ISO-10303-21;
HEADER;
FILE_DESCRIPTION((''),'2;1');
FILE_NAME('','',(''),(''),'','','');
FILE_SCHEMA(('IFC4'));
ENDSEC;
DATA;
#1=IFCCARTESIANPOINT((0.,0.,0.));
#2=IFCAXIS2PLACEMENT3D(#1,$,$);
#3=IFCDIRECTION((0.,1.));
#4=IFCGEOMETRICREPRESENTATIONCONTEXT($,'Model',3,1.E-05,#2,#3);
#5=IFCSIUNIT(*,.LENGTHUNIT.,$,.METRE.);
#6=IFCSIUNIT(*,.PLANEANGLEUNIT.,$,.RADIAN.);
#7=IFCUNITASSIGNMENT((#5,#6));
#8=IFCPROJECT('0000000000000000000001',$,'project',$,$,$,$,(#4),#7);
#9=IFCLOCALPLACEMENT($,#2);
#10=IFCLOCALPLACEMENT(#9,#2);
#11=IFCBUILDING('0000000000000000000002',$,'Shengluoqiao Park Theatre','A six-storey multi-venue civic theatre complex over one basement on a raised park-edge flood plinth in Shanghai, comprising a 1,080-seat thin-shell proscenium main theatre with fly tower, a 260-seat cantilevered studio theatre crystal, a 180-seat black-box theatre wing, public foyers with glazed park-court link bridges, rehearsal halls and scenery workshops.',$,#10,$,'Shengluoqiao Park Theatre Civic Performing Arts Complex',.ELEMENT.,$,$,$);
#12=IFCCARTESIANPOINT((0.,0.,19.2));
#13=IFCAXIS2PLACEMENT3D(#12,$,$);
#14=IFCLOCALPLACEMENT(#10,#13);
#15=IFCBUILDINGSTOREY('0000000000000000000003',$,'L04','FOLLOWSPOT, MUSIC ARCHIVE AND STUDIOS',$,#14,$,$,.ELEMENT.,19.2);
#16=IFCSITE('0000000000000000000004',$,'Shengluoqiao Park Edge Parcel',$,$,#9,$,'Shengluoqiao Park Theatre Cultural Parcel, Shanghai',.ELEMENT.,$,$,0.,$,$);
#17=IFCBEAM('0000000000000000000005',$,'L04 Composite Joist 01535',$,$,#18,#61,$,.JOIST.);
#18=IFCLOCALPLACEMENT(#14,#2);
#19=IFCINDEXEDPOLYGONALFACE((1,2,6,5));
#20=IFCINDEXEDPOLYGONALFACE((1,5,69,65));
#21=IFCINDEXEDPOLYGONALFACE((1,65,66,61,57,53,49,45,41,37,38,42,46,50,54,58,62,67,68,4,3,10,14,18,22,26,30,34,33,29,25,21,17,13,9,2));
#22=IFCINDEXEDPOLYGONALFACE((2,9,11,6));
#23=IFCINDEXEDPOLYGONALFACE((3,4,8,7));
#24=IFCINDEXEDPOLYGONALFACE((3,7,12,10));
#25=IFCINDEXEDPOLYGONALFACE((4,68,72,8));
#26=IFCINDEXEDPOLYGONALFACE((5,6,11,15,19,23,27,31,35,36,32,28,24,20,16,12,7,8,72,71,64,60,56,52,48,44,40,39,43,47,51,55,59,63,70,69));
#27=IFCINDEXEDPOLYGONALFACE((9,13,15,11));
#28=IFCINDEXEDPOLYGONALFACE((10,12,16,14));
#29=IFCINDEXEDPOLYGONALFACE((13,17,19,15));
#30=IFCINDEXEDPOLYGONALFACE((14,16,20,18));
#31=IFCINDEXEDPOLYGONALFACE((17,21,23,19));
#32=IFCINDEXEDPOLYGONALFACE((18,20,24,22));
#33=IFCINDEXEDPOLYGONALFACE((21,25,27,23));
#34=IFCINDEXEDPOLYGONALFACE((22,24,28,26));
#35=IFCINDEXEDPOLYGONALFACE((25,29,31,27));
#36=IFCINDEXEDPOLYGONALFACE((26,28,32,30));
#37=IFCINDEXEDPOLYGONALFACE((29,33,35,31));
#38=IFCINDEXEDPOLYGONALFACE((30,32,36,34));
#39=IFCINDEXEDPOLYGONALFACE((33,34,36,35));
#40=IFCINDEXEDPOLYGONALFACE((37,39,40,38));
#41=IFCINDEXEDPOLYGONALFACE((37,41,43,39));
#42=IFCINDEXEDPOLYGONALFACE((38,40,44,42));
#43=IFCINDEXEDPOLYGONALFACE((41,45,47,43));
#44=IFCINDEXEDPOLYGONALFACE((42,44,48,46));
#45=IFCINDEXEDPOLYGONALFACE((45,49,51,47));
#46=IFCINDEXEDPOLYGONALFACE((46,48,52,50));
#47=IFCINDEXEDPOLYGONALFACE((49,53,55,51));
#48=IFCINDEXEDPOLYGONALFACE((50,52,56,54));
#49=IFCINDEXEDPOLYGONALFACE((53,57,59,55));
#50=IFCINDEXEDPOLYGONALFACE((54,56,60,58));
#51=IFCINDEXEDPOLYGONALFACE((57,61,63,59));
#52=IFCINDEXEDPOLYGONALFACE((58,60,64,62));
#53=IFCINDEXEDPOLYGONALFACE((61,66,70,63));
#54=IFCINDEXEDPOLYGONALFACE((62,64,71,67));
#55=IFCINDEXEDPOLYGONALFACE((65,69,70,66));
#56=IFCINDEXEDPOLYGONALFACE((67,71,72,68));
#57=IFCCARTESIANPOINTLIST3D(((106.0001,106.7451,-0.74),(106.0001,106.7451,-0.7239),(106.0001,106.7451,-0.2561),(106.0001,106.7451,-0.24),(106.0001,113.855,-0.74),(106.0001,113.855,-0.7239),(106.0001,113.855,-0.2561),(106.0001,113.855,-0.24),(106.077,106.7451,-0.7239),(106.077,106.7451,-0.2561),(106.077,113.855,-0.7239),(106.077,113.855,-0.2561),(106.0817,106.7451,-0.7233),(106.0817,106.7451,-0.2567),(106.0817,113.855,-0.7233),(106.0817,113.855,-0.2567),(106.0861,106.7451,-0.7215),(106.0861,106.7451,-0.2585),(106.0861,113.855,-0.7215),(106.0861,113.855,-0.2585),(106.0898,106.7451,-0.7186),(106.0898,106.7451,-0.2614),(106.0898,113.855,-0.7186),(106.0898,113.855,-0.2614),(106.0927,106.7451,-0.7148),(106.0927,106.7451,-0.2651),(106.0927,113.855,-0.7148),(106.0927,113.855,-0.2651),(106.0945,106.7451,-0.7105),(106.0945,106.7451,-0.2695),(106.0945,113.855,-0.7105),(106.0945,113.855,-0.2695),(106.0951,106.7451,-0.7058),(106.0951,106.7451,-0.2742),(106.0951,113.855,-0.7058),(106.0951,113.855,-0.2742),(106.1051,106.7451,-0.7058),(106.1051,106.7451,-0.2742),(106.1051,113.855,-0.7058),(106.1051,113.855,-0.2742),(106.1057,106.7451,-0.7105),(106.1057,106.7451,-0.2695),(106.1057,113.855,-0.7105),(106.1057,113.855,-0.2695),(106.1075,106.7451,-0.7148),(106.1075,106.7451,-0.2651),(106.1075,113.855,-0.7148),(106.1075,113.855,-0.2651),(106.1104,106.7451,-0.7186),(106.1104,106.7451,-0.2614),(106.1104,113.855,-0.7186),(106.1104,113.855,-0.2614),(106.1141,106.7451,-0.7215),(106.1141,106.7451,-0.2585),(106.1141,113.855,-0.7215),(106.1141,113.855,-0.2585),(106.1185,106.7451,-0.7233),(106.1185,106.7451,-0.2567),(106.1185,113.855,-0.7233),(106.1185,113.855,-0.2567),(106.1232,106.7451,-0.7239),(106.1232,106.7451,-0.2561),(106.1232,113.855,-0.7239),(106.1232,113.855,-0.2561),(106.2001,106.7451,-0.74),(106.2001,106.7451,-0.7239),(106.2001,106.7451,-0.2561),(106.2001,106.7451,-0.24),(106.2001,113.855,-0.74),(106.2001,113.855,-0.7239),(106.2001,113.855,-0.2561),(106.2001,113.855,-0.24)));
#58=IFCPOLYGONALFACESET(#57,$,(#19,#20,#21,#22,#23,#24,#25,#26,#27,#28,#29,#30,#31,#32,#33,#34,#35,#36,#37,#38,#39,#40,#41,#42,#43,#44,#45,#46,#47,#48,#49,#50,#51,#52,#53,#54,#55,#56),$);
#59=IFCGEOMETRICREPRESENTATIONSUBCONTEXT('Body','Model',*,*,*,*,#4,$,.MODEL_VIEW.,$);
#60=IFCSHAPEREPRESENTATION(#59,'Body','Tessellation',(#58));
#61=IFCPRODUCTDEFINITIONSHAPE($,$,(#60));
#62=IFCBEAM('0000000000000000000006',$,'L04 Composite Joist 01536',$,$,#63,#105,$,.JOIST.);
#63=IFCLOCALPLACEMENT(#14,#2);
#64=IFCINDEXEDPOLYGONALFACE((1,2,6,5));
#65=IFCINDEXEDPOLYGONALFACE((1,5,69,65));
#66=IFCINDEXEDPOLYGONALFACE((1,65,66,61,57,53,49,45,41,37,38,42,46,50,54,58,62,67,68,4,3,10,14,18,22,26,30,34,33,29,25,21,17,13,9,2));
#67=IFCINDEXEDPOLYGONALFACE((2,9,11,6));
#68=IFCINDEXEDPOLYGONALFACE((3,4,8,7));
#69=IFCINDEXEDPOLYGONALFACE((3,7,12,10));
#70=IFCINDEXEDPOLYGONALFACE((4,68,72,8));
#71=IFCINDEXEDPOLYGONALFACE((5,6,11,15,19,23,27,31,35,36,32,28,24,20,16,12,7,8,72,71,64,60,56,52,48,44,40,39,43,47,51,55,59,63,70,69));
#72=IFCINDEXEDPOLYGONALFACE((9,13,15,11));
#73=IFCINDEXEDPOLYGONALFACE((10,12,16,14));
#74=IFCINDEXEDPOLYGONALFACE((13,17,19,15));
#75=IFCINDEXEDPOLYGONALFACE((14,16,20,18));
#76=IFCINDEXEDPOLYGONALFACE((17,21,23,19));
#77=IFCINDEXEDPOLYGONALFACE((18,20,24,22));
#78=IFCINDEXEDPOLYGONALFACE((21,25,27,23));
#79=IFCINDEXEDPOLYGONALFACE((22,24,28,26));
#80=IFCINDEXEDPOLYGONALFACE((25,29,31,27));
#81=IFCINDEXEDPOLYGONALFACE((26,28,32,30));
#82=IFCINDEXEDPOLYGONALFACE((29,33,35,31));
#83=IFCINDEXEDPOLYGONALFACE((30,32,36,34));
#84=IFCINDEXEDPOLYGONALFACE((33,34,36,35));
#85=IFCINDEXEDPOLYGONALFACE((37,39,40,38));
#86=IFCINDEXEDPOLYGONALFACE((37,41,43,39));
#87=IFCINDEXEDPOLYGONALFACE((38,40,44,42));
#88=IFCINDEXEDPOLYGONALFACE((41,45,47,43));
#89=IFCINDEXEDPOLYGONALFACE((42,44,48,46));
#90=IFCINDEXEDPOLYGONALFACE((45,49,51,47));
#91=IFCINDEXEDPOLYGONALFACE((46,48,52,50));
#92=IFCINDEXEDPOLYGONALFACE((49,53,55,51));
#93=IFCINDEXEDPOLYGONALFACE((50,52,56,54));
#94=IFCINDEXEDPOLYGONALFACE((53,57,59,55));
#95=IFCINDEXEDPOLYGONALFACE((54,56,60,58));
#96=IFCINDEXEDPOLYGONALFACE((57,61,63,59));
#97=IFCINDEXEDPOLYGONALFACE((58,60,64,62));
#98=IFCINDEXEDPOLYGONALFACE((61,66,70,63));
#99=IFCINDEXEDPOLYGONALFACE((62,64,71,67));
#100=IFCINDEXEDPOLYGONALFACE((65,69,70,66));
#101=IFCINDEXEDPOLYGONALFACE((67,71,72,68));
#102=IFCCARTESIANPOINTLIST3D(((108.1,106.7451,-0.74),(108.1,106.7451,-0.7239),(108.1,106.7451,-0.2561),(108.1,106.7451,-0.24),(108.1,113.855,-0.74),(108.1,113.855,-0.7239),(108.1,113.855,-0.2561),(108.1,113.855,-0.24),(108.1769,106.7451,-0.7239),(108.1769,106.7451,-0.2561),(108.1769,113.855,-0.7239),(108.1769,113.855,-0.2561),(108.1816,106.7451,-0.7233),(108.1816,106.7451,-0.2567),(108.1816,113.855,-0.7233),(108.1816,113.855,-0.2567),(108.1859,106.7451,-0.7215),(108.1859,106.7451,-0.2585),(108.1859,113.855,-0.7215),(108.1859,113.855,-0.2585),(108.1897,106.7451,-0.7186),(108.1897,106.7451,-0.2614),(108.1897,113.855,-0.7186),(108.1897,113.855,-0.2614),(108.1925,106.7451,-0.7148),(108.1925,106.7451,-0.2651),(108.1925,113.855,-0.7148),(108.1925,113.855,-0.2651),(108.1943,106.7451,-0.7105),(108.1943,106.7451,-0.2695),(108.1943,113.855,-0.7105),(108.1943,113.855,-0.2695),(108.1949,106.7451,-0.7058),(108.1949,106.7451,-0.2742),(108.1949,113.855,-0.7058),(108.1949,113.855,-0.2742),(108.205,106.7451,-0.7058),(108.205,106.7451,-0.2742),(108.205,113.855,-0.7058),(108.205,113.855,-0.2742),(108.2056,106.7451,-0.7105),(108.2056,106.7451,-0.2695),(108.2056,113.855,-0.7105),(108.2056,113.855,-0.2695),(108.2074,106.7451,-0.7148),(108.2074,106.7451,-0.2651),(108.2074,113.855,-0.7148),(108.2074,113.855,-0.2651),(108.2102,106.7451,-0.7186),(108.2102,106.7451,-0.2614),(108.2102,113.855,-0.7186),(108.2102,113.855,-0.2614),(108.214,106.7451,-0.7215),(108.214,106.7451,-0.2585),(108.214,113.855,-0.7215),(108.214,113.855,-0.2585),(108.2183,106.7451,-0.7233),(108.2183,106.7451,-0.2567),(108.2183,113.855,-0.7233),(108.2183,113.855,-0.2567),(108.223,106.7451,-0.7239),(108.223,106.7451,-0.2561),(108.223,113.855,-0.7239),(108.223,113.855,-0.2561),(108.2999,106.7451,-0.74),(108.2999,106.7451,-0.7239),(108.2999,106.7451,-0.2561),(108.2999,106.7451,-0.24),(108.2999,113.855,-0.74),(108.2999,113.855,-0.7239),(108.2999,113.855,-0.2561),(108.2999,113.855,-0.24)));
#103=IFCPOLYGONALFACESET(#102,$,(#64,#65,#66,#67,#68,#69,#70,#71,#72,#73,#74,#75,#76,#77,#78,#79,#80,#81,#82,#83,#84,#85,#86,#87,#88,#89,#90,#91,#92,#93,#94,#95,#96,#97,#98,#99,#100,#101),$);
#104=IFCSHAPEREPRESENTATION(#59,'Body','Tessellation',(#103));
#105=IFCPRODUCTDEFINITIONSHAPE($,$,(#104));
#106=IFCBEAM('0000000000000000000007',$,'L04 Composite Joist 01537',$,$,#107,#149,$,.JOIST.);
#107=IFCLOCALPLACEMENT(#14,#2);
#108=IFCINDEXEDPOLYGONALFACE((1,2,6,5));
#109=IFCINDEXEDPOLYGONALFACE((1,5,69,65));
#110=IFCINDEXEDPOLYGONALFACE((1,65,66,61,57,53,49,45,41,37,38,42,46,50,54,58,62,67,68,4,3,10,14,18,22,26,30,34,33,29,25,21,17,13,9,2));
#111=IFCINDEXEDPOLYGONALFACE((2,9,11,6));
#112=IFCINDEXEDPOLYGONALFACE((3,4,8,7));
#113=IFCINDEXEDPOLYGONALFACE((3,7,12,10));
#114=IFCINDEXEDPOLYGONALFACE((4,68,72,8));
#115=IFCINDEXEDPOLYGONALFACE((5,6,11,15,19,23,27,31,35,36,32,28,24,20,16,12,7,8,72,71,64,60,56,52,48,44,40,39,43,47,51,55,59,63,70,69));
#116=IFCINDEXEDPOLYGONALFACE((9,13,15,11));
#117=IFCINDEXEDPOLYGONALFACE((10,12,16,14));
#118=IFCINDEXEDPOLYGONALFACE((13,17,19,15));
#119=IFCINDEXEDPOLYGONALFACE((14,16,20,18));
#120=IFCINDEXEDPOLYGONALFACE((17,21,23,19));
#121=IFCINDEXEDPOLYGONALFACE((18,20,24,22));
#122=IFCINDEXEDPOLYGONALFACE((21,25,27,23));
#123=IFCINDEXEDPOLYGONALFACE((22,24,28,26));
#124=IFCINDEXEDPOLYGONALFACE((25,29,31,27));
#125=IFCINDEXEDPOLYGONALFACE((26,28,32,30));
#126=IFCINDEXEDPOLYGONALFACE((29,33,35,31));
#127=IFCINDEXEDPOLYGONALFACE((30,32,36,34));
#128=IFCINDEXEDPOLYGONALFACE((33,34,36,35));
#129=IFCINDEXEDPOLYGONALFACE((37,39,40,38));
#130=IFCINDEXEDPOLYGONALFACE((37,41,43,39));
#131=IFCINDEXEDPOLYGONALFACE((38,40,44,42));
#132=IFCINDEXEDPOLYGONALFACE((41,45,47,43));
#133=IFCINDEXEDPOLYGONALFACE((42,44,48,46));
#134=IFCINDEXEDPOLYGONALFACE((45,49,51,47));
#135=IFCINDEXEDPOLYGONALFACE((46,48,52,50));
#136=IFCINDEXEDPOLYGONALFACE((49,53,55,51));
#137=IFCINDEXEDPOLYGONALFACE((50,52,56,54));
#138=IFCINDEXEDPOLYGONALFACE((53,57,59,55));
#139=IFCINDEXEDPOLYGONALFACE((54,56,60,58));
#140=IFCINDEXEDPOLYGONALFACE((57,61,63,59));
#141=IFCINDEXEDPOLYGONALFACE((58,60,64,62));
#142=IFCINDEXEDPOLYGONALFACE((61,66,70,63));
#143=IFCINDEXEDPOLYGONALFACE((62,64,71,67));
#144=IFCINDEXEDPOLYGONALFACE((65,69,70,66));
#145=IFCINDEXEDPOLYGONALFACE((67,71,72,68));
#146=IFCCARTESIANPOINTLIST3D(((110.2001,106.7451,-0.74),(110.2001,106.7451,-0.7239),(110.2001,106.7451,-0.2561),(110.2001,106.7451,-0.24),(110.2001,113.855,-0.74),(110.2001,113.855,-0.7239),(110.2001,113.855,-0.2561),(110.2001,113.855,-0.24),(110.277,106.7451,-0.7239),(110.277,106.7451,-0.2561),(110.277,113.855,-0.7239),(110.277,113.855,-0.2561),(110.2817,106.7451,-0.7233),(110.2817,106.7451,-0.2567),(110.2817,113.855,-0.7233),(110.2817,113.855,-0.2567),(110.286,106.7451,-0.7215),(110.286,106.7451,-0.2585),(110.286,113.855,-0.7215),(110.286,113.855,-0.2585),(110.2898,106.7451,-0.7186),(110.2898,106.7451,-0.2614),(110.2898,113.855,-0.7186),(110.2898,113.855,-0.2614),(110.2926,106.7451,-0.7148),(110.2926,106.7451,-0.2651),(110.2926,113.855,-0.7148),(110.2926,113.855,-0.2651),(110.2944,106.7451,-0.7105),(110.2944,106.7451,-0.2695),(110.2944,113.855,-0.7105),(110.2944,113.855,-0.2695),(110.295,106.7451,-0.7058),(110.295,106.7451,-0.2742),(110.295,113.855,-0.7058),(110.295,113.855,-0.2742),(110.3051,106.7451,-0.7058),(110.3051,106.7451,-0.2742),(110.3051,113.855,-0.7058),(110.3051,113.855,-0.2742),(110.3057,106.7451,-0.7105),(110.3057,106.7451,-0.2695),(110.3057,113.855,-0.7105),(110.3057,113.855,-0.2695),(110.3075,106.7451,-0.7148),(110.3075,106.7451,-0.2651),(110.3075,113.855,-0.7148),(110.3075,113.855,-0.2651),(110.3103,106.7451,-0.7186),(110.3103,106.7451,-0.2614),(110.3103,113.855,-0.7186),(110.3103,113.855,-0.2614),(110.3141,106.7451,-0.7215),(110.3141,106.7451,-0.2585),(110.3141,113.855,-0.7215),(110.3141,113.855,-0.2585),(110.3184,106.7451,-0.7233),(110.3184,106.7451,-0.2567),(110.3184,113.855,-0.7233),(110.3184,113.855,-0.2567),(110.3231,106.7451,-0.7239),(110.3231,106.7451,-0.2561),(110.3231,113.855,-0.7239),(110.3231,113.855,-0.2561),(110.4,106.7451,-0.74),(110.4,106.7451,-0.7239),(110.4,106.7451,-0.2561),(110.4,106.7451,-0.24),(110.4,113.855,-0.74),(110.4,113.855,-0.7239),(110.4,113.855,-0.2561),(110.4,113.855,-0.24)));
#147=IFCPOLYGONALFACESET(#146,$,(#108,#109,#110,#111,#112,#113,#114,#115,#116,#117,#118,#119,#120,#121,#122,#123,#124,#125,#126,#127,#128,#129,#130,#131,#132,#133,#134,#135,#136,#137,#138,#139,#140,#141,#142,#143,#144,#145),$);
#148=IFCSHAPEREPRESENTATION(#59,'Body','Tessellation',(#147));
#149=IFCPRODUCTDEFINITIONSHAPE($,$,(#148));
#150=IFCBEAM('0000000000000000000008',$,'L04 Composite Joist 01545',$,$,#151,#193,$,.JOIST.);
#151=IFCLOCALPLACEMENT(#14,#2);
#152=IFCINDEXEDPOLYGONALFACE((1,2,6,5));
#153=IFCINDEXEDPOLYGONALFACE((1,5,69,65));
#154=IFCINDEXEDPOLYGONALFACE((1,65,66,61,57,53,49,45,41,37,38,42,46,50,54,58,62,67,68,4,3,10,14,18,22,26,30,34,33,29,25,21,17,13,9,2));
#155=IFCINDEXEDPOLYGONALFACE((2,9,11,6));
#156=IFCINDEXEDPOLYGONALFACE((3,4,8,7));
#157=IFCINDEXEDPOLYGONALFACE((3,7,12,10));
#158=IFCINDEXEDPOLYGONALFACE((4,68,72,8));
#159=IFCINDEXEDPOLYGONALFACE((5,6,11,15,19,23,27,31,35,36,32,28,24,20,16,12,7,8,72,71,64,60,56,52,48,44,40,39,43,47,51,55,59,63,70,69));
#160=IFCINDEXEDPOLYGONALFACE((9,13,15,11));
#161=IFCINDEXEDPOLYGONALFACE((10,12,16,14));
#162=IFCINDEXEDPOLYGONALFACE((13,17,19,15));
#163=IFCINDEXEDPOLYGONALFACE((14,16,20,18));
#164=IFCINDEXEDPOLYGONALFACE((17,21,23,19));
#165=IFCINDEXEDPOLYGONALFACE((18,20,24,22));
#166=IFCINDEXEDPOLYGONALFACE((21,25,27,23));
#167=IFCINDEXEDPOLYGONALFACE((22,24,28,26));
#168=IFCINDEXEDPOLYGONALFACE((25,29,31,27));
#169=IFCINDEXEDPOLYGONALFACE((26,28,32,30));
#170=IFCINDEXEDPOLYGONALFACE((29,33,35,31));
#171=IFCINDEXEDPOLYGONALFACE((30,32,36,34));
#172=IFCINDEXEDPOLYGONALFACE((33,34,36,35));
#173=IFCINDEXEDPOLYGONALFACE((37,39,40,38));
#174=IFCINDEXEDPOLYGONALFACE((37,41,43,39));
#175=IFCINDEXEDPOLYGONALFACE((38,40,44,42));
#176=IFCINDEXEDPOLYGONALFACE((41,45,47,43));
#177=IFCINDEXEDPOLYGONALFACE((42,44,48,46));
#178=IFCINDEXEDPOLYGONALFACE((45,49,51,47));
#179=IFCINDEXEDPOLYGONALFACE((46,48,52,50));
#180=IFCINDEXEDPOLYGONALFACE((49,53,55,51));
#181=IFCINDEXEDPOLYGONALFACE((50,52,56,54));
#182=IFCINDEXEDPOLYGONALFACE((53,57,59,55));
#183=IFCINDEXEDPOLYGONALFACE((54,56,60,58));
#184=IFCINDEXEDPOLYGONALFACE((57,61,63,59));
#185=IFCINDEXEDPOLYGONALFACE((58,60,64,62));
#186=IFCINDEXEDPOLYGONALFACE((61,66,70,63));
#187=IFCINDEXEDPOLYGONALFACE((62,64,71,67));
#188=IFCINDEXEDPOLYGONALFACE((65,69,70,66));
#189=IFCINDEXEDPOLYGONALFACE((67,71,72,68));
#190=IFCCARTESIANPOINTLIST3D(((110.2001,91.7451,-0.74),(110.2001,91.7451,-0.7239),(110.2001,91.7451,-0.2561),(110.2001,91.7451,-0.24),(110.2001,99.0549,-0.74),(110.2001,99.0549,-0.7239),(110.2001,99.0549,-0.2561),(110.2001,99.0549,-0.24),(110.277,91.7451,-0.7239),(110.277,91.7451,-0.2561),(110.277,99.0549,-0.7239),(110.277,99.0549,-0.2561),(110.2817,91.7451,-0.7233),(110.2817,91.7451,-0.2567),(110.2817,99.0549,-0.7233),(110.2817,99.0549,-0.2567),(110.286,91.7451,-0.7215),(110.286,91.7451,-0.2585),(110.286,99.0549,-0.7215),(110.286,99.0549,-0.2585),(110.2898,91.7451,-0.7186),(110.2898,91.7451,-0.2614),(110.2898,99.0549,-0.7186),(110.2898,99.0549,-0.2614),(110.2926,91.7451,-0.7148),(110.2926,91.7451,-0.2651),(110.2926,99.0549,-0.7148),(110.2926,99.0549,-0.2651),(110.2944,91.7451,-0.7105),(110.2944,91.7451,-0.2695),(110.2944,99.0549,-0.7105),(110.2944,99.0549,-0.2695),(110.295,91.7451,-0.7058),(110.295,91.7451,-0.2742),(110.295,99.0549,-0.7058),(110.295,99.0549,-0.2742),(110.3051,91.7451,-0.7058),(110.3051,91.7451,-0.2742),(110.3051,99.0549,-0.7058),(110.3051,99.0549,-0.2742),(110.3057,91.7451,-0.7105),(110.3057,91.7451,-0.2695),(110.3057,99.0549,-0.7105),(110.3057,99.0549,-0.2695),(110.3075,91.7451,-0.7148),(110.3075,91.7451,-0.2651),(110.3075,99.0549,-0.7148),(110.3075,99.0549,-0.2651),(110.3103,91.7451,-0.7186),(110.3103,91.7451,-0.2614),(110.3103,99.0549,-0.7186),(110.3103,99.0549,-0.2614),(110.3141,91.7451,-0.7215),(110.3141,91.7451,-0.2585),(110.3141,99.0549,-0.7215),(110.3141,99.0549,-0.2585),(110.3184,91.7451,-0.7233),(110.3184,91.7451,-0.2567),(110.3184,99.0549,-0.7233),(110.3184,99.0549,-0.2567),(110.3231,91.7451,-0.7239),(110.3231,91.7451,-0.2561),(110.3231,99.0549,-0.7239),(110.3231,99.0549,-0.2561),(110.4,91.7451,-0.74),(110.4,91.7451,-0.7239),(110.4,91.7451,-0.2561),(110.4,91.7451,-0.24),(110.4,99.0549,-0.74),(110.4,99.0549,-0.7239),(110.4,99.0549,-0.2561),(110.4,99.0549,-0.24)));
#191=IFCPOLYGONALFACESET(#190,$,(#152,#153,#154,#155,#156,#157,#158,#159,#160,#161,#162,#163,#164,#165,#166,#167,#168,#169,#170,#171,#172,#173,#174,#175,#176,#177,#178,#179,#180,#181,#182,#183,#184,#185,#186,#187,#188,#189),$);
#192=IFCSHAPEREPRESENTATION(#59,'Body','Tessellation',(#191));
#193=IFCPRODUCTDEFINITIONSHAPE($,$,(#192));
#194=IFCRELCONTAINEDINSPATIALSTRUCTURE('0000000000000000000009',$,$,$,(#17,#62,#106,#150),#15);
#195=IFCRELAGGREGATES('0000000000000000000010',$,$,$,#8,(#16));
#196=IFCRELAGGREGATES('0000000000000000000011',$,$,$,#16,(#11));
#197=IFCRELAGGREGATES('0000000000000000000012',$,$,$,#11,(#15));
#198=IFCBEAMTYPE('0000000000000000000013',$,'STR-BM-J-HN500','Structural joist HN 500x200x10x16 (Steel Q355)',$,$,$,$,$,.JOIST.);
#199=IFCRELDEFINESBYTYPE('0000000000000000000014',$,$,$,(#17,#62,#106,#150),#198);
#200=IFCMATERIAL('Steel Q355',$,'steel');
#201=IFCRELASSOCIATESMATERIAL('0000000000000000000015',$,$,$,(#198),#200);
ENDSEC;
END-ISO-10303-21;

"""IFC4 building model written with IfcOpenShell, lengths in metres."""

from ifc_helpers import new_model, si_unit, direction, frame, origin, origin_2d, place, context, subcontext, project, spatial, i_section, extrude, material, material_profile, profile_set, type_object, element, save


model = new_model("IFC4")

# Units and contexts
model_context = context("Model", 3, precision=1e-05, world=origin(), true_north=direction((0.0, 1.0)))
body_context = subcontext(model_context, "Body", "Model", "MODEL_VIEW")
ifc_project = project(units=[si_unit("LENGTHUNIT", "METRE"), si_unit("PLANEANGLEUNIT", "RADIAN")], contexts=[model_context])

# Site, building, storey
site_placement = place(None, origin())
site = spatial("IfcSite", under=ifc_project, at=site_placement, Name="Shengluoqiao Park Edge Parcel", LongName="Shengluoqiao Park Theatre Cultural Parcel, Shanghai", CompositionType="ELEMENT", RefElevation=0.0)
building_placement = place(site_placement, origin())
building = spatial("IfcBuilding", under=site, at=building_placement, Name="Shengluoqiao Park Theatre", Description="A six-storey multi-venue civic theatre complex over one basement on a raised park-edge flood plinth in Shanghai, comprising a 1,080-seat thin-shell proscenium main theatre with fly tower, a 260-seat cantilevered studio theatre crystal, a 180-seat black-box theatre wing, public foyers with glazed park-court link bridges, rehearsal halls and scenery workshops.", LongName="Shengluoqiao Park Theatre Civic Performing Arts Complex", CompositionType="ELEMENT")
storey_placement = place(building_placement, frame((0.0, 0.0, 19.2)))
storey = spatial("IfcBuildingStorey", under=building, at=storey_placement, Name="L04", Description="FOLLOWSPOT, MUSIC ARCHIVE AND STUDIOS", CompositionType="ELEMENT", Elevation=19.2)

# Beams
ifc_material_1 = material(Name="Steel Q355", Category="steel")
ifc_material_profile_1 = material_profile(ifc_material_1, i_section(OverallWidth=0.2, OverallDepth=0.5, WebThickness=0.01, FlangeThickness=0.0161, FilletRadius=0.0181, at=origin_2d()), Name="HN 500x200x10x16")
ifc_profile_set_1 = profile_set([ifc_material_profile_1], Name="Steel Q355")
beam_type_1 = type_object("IfcBeamType", Name="STR-BM-J-HN500", Description="Structural joist HN 500x200x10x16 (Steel Q355)", PredefinedType="JOIST", material=ifc_profile_set_1)
for number, where, z_axis, x_axis, name in (
    (1, (106.1001, 106.7451, -0.49), (0.0, 1.0, 0.0), (-1.0, 0.0, 0.0), "L04 Composite Joist 01535"),
    (2, (108.2, 106.7451, -0.49), (0.0, 1.0, 0.0), (-1.0, 0.0, 0.0), "L04 Composite Joist 01536"),
    (3, (110.3, 106.7451, -0.49), (0.0, 1.0, 0.0), (-1.0, 0.0, 0.0), "L04 Composite Joist 01537"),
):
    element("IfcBeam", number, at=place(storey_placement, frame(where, z_axis=z_axis, x_axis=x_axis)), inside=storey, type_object=beam_type_1, Name=name, PredefinedType="JOIST", context=body_context, shape_type="SweptSolid", body=[
        extrude(i_section(OverallWidth=0.2, OverallDepth=0.5, WebThickness=0.01, FlangeThickness=0.0161, FilletRadius=0.0181, at=origin_2d()), origin(), (0.0, 0.0, 1.0), 7.1099),
    ])
beam_1_placement = place(storey_placement, frame((110.3, 91.7451, -0.49), z_axis=(0.0, 1.0, 0.0), x_axis=(-1.0, 0.0, 0.0)))
element("IfcBeam", 4, at=beam_1_placement, inside=storey, type_object=beam_type_1, Name="L04 Composite Joist 01545", PredefinedType="JOIST", context=body_context, shape_type="SweptSolid", body=[
    extrude(i_section(OverallWidth=0.2, OverallDepth=0.5, WebThickness=0.01, FlangeThickness=0.0161, FilletRadius=0.0181, at=origin_2d()), origin(), (0.0, 0.0, 1.0), 7.3098),
])

save(model, "model.ifc")
